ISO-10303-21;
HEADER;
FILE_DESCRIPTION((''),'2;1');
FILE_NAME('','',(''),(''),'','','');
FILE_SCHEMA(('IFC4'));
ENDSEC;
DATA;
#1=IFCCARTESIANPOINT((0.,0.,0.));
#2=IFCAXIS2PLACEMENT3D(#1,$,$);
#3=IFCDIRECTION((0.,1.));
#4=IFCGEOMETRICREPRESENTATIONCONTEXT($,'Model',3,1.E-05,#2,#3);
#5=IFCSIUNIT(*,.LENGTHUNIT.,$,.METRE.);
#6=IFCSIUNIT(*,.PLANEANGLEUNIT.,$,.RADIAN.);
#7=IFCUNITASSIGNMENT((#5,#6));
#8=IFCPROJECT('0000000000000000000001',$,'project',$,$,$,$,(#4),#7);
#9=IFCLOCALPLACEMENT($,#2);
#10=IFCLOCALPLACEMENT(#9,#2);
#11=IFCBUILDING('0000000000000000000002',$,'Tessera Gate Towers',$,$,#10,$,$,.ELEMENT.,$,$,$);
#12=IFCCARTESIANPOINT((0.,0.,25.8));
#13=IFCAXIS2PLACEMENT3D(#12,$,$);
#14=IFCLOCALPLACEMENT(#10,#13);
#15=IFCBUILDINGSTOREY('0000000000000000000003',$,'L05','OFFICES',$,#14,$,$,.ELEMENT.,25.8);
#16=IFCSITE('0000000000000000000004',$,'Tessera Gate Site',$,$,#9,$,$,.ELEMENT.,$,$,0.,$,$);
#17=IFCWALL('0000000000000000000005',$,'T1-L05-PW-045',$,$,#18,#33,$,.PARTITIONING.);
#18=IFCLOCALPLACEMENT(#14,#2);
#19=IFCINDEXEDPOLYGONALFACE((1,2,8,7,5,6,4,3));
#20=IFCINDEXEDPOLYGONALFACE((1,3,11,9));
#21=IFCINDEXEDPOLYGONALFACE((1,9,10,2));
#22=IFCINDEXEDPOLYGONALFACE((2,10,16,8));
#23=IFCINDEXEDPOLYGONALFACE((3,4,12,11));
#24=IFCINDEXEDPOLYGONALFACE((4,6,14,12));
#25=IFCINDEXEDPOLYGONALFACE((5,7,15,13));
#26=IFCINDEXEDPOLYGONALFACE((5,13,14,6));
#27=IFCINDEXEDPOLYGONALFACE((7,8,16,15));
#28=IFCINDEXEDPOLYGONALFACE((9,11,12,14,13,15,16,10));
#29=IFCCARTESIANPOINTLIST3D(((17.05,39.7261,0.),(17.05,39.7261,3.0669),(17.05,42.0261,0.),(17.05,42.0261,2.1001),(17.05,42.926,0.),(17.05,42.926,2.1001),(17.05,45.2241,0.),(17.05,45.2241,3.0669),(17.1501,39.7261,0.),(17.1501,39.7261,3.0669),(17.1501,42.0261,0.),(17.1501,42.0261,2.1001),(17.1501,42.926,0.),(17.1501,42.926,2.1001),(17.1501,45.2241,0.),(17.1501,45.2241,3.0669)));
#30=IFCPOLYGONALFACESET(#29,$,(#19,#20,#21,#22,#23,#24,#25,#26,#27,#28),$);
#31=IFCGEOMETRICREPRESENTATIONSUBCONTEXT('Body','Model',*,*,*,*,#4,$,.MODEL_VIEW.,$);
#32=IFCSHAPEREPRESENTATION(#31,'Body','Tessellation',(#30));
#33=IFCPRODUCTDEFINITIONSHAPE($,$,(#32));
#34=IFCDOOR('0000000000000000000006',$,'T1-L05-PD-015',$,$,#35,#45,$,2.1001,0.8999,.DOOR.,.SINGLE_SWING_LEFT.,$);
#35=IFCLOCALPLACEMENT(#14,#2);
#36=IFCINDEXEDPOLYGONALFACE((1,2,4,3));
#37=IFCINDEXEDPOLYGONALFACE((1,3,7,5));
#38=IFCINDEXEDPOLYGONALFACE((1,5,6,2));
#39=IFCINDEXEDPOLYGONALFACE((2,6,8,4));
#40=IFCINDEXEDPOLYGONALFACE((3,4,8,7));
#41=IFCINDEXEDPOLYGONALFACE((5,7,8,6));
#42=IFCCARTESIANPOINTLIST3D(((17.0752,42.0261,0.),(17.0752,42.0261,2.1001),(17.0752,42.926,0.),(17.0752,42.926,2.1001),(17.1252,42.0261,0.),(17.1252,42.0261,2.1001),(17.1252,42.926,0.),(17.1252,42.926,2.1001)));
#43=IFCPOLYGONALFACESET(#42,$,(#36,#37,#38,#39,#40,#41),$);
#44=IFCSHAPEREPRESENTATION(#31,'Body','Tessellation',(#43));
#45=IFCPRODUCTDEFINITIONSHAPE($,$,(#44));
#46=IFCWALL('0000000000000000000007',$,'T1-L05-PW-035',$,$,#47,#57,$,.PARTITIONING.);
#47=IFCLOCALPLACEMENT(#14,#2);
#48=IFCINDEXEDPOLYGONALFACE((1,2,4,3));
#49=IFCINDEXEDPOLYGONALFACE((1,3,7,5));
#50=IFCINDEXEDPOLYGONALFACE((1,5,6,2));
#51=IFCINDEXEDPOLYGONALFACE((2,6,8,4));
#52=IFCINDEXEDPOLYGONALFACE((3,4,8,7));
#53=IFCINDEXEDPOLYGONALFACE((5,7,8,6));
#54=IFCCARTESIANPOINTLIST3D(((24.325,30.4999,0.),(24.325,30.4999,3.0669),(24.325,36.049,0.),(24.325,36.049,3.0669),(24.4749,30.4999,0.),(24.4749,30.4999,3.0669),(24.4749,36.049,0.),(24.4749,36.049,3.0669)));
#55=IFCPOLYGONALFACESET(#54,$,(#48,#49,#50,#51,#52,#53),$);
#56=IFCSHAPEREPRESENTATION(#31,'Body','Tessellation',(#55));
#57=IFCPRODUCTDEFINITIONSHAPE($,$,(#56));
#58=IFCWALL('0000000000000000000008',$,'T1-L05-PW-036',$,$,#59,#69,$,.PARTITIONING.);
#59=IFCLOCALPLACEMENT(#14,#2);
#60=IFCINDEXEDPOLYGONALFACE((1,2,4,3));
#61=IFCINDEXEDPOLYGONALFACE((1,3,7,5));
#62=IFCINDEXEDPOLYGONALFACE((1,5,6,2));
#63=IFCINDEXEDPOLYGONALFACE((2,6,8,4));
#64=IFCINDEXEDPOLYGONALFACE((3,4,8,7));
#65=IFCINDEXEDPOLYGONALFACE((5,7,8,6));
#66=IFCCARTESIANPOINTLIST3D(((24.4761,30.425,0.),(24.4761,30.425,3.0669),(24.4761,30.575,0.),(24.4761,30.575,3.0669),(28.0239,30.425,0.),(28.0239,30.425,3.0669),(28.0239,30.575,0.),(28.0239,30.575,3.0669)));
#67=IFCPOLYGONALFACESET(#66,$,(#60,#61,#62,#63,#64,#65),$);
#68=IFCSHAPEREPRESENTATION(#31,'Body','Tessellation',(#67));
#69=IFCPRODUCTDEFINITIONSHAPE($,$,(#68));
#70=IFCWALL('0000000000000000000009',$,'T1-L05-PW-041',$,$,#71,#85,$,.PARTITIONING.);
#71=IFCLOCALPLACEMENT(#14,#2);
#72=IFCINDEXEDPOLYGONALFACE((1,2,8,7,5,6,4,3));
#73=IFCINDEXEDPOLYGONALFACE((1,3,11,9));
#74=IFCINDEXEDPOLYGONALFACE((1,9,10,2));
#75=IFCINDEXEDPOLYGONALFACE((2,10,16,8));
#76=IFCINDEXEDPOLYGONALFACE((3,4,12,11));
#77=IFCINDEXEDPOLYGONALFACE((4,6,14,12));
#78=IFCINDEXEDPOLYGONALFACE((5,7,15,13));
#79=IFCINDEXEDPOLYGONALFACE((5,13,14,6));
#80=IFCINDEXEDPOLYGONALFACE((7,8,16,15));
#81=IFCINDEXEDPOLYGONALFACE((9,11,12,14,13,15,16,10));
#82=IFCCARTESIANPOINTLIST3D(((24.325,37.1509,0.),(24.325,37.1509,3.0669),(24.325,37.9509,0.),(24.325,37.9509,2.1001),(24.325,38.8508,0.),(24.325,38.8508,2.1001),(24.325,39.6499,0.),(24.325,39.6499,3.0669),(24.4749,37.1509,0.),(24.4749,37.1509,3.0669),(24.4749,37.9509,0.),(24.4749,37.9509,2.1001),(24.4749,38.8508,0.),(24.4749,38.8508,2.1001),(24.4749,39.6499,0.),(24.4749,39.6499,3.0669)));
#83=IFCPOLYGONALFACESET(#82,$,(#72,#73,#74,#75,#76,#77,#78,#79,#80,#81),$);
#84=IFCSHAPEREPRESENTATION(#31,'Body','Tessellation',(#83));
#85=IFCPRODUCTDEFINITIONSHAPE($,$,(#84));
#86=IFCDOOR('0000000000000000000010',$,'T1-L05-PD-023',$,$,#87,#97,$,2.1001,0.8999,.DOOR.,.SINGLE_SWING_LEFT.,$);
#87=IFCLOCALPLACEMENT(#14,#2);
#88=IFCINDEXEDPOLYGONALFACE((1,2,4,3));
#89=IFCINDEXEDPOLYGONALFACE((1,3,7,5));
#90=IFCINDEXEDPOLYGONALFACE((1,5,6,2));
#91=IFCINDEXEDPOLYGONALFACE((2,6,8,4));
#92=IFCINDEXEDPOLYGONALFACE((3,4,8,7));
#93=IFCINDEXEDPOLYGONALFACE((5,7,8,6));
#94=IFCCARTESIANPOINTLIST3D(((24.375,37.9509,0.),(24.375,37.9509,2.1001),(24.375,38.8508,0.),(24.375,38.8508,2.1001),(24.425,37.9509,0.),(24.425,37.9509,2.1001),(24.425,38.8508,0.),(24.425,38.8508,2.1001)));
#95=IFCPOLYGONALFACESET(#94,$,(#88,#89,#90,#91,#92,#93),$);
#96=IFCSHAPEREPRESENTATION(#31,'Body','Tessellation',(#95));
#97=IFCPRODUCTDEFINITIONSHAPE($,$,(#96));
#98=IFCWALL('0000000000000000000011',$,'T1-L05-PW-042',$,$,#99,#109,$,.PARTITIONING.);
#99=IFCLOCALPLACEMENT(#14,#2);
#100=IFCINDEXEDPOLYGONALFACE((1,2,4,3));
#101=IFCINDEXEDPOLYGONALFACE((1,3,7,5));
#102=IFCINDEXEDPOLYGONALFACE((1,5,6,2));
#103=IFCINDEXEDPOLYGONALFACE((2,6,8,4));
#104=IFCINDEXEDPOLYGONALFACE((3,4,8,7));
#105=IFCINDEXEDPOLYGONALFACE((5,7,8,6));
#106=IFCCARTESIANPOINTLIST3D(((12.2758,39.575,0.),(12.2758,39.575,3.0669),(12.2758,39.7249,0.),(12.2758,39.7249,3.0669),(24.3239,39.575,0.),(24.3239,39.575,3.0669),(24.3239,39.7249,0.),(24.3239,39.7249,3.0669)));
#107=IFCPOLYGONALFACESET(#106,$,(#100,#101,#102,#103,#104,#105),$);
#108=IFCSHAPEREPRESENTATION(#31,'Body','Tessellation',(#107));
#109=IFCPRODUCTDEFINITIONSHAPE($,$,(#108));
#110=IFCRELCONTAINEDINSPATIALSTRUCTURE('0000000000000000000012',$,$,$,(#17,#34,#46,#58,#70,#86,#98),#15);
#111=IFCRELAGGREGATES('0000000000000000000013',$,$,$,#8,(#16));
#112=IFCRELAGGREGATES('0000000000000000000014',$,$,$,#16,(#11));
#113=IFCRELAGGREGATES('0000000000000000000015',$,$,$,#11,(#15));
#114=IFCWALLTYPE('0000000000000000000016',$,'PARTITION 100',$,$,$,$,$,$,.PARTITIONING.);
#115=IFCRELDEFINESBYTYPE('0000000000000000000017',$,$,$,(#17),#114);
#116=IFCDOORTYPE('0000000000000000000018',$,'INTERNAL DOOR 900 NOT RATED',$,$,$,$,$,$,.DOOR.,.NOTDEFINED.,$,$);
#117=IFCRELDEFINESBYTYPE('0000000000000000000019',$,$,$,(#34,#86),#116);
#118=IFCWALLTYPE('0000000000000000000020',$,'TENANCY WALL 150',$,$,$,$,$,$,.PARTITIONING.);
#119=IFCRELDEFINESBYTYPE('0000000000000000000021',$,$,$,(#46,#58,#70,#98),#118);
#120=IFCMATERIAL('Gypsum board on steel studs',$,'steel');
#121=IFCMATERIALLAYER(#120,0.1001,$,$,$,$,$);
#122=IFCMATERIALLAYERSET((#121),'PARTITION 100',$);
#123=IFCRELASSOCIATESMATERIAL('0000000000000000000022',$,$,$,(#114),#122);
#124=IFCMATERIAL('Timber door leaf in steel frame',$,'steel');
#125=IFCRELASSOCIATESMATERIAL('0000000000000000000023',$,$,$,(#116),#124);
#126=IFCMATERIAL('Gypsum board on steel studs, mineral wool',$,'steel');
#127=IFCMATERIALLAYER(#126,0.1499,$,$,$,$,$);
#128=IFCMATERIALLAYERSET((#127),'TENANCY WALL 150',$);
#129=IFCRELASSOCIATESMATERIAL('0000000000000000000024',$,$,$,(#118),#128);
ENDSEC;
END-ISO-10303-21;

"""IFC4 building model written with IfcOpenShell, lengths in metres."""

from ifc_helpers import new_model, si_unit, direction, frame, frame_2d, origin, place, context, subcontext, project, spatial, rectangle, extrude, source, transform, mapped, material, layer, layer_set, type_object, element, fill, save


model = new_model("IFC4")

# Units and contexts
model_context = context("Model", 3, precision=1e-05, world=origin(), true_north=direction((0.0, 1.0)))
body_context = subcontext(model_context, "Body", "Model", "MODEL_VIEW")
ifc_project = project(units=[si_unit("LENGTHUNIT", "METRE"), si_unit("PLANEANGLEUNIT", "RADIAN")], contexts=[model_context])

# Site, building, storey
site_placement = place(None, origin())
site = spatial("IfcSite", under=ifc_project, at=site_placement, Name="Tessera Gate Site", CompositionType="ELEMENT", RefElevation=0.0)
building_placement = place(site_placement, origin())
building = spatial("IfcBuilding", under=site, at=building_placement, Name="Tessera Gate Towers", CompositionType="ELEMENT")
storey_placement = place(building_placement, frame((0.0, 0.0, 25.8)))
storey = spatial("IfcBuildingStorey", under=building, at=storey_placement, Name="L05", Description="OFFICES", CompositionType="ELEMENT", Elevation=25.8)

# Wall, opening, door
ifc_material_1 = material(Name="Gypsum board on steel studs", Category="steel")
ifc_layer_1 = layer(ifc_material_1, 0.1001)
ifc_layer_set_1 = layer_set([ifc_layer_1], Name="PARTITION 100")
wall_type_1 = type_object("IfcWallType", Name="PARTITION 100", PredefinedType="PARTITIONING", material=ifc_layer_set_1)
shared_shape_1 = source(origin(), body_context, "Body", "SweptSolid", [
    extrude(rectangle(XDim=0.8999, YDim=2.1001, at=frame_2d((0.45, 1.05))), frame((0.0, 0.0601, 0.0), z_axis=(0.0, -1.0, 0.0), x_axis=(1.0, 0.0, 0.0)), (0.0, 0.0, 1.0), 0.1201),
])
ifc_material_2 = material(Name="Timber door leaf in steel frame", Category="steel")
door_type = type_object("IfcDoorType", Name="INTERNAL DOOR 900 NOT RATED", OperationType="NOTDEFINED", PredefinedType="DOOR", material=ifc_material_2)
shared_shape_2 = source(origin(), body_context, "Body", "SweptSolid", [
    extrude(rectangle(XDim=0.8999, YDim=2.1001, at=frame_2d((0.45, 1.05))), frame((0.0, 0.0249, 0.0), z_axis=(0.0, -1.0, 0.0), x_axis=(1.0, 0.0, 0.0)), (0.0, 0.0, 1.0), 0.05),
])
wall_1_placement = place(storey_placement, frame((17.1001, 39.7261, 0.0), z_axis=(0.0, 0.0, 1.0), x_axis=(0.0, 1.0, 0.0)))
wall_1 = element("IfcWall", 1, at=wall_1_placement, inside=storey, type_object=wall_type_1, Name="T1-L05-PW-045", PredefinedType="PARTITIONING", context=body_context, shape_type="SweptSolid", body=[
    extrude(rectangle(XDim=5.498, YDim=0.1001, at=frame_2d((2.749, 0.0))), origin(), (0.0, 0.0, 1.0), 3.0669),
])
opening_1_placement = place(wall_1_placement, frame((2.3, 0.0, 0.0)))
opening_1 = element("IfcOpeningElement", 2, at=opening_1_placement, cuts=wall_1, PredefinedType="OPENING", context=body_context, shape_type="MappedRepresentation", body=[
    mapped(shared_shape_1, transform((0.0, 0.0, 0.0), scale=1.0)),
])
door_1_placement = place(opening_1_placement, origin())
door_1 = element("IfcDoor", 3, at=door_1_placement, inside=storey, type_object=door_type, Name="T1-L05-PD-015", OperationType="SINGLE_SWING_LEFT", OverallHeight=2.1001, OverallWidth=0.8999, PredefinedType="DOOR", context=body_context, shape_type="MappedRepresentation", body=[
    mapped(shared_shape_2, transform((0.0, 0.0, 0.0), scale=1.0)),
])
fill(opening_1, door_1)

# Walls
ifc_material_3 = material(Name="Gypsum board on steel studs, mineral wool", Category="steel")
ifc_layer_2 = layer(ifc_material_3, 0.1499)
ifc_layer_set_2 = layer_set([ifc_layer_2], Name="TENANCY WALL 150")
wall_type_2 = type_object("IfcWallType", Name="TENANCY WALL 150", PredefinedType="PARTITIONING", material=ifc_layer_set_2)
wall_2_placement = place(storey_placement, frame((24.3999, 30.5, 0.0), z_axis=(0.0, 0.0, 1.0), x_axis=(0.0, 1.0, 0.0)))
element("IfcWall", 4, at=wall_2_placement, inside=storey, type_object=wall_type_2, Name="T1-L05-PW-035", PredefinedType="PARTITIONING", context=body_context, shape_type="SweptSolid", body=[
    extrude(rectangle(XDim=5.5491, YDim=0.1499, at=frame_2d((2.7744, 0.0))), origin(), (0.0, 0.0, 1.0), 3.0669),
])
wall_3_placement = place(storey_placement, frame((24.4761, 30.5, 0.0), z_axis=(0.0, 0.0, 1.0), x_axis=(1.0, 0.0, 0.0)))
element("IfcWall", 5, at=wall_3_placement, inside=storey, type_object=wall_type_2, Name="T1-L05-PW-036", PredefinedType="PARTITIONING", context=body_context, shape_type="SweptSolid", body=[
    extrude(rectangle(XDim=3.5479, YDim=0.1499, at=frame_2d((1.7739, 0.0))), origin(), (0.0, 0.0, 1.0), 3.0669),
])

# Wall, opening, door
wall_4_placement = place(storey_placement, frame((24.3999, 37.1509, 0.0), z_axis=(0.0, 0.0, 1.0), x_axis=(0.0, 1.0, 0.0)))
wall_4 = element("IfcWall", 6, at=wall_4_placement, inside=storey, type_object=wall_type_2, Name="T1-L05-PW-041", PredefinedType="PARTITIONING", context=body_context, shape_type="SweptSolid", body=[
    extrude(rectangle(XDim=2.499, YDim=0.1499, at=frame_2d((1.2495, 0.0))), origin(), (0.0, 0.0, 1.0), 3.0669),
])
shared_shape_3 = source(origin(), body_context, "Body", "SweptSolid", [
    extrude(rectangle(XDim=0.8999, YDim=2.1001, at=frame_2d((0.45, 1.05))), frame((0.0, 0.085, 0.0), z_axis=(0.0, -1.0, 0.0), x_axis=(1.0, 0.0, 0.0)), (0.0, 0.0, 1.0), 0.1699),
])
opening_2_placement = place(wall_4_placement, frame((0.8, 0.0, 0.0)))
opening_2 = element("IfcOpeningElement", 7, at=opening_2_placement, cuts=wall_4, PredefinedType="OPENING", context=body_context, shape_type="MappedRepresentation", body=[
    mapped(shared_shape_3, transform((0.0, 0.0, 0.0), scale=1.0)),
])
door_2_placement = place(opening_2_placement, origin())
door_2 = element("IfcDoor", 8, at=door_2_placement, inside=storey, type_object=door_type, Name="T1-L05-PD-023", OperationType="SINGLE_SWING_LEFT", OverallHeight=2.1001, OverallWidth=0.8999, PredefinedType="DOOR", context=body_context, shape_type="MappedRepresentation", body=[
    mapped(shared_shape_2, transform((0.0, 0.0, 0.0), scale=1.0)),
])
fill(opening_2, door_2)

# Wall
wall_5_placement = place(storey_placement, frame((12.2759, 39.6499, 0.0), z_axis=(0.0, 0.0, 1.0), x_axis=(1.0, 0.0, 0.0)))
element("IfcWall", 9, at=wall_5_placement, inside=storey, type_object=wall_type_2, Name="T1-L05-PW-042", PredefinedType="PARTITIONING", context=body_context, shape_type="SweptSolid", body=[
    extrude(rectangle(XDim=12.0481, YDim=0.1499, at=frame_2d((6.0239, 0.0))), origin(), (0.0, 0.0, 1.0), 3.0669),
])

save(model, "model.ifc")
